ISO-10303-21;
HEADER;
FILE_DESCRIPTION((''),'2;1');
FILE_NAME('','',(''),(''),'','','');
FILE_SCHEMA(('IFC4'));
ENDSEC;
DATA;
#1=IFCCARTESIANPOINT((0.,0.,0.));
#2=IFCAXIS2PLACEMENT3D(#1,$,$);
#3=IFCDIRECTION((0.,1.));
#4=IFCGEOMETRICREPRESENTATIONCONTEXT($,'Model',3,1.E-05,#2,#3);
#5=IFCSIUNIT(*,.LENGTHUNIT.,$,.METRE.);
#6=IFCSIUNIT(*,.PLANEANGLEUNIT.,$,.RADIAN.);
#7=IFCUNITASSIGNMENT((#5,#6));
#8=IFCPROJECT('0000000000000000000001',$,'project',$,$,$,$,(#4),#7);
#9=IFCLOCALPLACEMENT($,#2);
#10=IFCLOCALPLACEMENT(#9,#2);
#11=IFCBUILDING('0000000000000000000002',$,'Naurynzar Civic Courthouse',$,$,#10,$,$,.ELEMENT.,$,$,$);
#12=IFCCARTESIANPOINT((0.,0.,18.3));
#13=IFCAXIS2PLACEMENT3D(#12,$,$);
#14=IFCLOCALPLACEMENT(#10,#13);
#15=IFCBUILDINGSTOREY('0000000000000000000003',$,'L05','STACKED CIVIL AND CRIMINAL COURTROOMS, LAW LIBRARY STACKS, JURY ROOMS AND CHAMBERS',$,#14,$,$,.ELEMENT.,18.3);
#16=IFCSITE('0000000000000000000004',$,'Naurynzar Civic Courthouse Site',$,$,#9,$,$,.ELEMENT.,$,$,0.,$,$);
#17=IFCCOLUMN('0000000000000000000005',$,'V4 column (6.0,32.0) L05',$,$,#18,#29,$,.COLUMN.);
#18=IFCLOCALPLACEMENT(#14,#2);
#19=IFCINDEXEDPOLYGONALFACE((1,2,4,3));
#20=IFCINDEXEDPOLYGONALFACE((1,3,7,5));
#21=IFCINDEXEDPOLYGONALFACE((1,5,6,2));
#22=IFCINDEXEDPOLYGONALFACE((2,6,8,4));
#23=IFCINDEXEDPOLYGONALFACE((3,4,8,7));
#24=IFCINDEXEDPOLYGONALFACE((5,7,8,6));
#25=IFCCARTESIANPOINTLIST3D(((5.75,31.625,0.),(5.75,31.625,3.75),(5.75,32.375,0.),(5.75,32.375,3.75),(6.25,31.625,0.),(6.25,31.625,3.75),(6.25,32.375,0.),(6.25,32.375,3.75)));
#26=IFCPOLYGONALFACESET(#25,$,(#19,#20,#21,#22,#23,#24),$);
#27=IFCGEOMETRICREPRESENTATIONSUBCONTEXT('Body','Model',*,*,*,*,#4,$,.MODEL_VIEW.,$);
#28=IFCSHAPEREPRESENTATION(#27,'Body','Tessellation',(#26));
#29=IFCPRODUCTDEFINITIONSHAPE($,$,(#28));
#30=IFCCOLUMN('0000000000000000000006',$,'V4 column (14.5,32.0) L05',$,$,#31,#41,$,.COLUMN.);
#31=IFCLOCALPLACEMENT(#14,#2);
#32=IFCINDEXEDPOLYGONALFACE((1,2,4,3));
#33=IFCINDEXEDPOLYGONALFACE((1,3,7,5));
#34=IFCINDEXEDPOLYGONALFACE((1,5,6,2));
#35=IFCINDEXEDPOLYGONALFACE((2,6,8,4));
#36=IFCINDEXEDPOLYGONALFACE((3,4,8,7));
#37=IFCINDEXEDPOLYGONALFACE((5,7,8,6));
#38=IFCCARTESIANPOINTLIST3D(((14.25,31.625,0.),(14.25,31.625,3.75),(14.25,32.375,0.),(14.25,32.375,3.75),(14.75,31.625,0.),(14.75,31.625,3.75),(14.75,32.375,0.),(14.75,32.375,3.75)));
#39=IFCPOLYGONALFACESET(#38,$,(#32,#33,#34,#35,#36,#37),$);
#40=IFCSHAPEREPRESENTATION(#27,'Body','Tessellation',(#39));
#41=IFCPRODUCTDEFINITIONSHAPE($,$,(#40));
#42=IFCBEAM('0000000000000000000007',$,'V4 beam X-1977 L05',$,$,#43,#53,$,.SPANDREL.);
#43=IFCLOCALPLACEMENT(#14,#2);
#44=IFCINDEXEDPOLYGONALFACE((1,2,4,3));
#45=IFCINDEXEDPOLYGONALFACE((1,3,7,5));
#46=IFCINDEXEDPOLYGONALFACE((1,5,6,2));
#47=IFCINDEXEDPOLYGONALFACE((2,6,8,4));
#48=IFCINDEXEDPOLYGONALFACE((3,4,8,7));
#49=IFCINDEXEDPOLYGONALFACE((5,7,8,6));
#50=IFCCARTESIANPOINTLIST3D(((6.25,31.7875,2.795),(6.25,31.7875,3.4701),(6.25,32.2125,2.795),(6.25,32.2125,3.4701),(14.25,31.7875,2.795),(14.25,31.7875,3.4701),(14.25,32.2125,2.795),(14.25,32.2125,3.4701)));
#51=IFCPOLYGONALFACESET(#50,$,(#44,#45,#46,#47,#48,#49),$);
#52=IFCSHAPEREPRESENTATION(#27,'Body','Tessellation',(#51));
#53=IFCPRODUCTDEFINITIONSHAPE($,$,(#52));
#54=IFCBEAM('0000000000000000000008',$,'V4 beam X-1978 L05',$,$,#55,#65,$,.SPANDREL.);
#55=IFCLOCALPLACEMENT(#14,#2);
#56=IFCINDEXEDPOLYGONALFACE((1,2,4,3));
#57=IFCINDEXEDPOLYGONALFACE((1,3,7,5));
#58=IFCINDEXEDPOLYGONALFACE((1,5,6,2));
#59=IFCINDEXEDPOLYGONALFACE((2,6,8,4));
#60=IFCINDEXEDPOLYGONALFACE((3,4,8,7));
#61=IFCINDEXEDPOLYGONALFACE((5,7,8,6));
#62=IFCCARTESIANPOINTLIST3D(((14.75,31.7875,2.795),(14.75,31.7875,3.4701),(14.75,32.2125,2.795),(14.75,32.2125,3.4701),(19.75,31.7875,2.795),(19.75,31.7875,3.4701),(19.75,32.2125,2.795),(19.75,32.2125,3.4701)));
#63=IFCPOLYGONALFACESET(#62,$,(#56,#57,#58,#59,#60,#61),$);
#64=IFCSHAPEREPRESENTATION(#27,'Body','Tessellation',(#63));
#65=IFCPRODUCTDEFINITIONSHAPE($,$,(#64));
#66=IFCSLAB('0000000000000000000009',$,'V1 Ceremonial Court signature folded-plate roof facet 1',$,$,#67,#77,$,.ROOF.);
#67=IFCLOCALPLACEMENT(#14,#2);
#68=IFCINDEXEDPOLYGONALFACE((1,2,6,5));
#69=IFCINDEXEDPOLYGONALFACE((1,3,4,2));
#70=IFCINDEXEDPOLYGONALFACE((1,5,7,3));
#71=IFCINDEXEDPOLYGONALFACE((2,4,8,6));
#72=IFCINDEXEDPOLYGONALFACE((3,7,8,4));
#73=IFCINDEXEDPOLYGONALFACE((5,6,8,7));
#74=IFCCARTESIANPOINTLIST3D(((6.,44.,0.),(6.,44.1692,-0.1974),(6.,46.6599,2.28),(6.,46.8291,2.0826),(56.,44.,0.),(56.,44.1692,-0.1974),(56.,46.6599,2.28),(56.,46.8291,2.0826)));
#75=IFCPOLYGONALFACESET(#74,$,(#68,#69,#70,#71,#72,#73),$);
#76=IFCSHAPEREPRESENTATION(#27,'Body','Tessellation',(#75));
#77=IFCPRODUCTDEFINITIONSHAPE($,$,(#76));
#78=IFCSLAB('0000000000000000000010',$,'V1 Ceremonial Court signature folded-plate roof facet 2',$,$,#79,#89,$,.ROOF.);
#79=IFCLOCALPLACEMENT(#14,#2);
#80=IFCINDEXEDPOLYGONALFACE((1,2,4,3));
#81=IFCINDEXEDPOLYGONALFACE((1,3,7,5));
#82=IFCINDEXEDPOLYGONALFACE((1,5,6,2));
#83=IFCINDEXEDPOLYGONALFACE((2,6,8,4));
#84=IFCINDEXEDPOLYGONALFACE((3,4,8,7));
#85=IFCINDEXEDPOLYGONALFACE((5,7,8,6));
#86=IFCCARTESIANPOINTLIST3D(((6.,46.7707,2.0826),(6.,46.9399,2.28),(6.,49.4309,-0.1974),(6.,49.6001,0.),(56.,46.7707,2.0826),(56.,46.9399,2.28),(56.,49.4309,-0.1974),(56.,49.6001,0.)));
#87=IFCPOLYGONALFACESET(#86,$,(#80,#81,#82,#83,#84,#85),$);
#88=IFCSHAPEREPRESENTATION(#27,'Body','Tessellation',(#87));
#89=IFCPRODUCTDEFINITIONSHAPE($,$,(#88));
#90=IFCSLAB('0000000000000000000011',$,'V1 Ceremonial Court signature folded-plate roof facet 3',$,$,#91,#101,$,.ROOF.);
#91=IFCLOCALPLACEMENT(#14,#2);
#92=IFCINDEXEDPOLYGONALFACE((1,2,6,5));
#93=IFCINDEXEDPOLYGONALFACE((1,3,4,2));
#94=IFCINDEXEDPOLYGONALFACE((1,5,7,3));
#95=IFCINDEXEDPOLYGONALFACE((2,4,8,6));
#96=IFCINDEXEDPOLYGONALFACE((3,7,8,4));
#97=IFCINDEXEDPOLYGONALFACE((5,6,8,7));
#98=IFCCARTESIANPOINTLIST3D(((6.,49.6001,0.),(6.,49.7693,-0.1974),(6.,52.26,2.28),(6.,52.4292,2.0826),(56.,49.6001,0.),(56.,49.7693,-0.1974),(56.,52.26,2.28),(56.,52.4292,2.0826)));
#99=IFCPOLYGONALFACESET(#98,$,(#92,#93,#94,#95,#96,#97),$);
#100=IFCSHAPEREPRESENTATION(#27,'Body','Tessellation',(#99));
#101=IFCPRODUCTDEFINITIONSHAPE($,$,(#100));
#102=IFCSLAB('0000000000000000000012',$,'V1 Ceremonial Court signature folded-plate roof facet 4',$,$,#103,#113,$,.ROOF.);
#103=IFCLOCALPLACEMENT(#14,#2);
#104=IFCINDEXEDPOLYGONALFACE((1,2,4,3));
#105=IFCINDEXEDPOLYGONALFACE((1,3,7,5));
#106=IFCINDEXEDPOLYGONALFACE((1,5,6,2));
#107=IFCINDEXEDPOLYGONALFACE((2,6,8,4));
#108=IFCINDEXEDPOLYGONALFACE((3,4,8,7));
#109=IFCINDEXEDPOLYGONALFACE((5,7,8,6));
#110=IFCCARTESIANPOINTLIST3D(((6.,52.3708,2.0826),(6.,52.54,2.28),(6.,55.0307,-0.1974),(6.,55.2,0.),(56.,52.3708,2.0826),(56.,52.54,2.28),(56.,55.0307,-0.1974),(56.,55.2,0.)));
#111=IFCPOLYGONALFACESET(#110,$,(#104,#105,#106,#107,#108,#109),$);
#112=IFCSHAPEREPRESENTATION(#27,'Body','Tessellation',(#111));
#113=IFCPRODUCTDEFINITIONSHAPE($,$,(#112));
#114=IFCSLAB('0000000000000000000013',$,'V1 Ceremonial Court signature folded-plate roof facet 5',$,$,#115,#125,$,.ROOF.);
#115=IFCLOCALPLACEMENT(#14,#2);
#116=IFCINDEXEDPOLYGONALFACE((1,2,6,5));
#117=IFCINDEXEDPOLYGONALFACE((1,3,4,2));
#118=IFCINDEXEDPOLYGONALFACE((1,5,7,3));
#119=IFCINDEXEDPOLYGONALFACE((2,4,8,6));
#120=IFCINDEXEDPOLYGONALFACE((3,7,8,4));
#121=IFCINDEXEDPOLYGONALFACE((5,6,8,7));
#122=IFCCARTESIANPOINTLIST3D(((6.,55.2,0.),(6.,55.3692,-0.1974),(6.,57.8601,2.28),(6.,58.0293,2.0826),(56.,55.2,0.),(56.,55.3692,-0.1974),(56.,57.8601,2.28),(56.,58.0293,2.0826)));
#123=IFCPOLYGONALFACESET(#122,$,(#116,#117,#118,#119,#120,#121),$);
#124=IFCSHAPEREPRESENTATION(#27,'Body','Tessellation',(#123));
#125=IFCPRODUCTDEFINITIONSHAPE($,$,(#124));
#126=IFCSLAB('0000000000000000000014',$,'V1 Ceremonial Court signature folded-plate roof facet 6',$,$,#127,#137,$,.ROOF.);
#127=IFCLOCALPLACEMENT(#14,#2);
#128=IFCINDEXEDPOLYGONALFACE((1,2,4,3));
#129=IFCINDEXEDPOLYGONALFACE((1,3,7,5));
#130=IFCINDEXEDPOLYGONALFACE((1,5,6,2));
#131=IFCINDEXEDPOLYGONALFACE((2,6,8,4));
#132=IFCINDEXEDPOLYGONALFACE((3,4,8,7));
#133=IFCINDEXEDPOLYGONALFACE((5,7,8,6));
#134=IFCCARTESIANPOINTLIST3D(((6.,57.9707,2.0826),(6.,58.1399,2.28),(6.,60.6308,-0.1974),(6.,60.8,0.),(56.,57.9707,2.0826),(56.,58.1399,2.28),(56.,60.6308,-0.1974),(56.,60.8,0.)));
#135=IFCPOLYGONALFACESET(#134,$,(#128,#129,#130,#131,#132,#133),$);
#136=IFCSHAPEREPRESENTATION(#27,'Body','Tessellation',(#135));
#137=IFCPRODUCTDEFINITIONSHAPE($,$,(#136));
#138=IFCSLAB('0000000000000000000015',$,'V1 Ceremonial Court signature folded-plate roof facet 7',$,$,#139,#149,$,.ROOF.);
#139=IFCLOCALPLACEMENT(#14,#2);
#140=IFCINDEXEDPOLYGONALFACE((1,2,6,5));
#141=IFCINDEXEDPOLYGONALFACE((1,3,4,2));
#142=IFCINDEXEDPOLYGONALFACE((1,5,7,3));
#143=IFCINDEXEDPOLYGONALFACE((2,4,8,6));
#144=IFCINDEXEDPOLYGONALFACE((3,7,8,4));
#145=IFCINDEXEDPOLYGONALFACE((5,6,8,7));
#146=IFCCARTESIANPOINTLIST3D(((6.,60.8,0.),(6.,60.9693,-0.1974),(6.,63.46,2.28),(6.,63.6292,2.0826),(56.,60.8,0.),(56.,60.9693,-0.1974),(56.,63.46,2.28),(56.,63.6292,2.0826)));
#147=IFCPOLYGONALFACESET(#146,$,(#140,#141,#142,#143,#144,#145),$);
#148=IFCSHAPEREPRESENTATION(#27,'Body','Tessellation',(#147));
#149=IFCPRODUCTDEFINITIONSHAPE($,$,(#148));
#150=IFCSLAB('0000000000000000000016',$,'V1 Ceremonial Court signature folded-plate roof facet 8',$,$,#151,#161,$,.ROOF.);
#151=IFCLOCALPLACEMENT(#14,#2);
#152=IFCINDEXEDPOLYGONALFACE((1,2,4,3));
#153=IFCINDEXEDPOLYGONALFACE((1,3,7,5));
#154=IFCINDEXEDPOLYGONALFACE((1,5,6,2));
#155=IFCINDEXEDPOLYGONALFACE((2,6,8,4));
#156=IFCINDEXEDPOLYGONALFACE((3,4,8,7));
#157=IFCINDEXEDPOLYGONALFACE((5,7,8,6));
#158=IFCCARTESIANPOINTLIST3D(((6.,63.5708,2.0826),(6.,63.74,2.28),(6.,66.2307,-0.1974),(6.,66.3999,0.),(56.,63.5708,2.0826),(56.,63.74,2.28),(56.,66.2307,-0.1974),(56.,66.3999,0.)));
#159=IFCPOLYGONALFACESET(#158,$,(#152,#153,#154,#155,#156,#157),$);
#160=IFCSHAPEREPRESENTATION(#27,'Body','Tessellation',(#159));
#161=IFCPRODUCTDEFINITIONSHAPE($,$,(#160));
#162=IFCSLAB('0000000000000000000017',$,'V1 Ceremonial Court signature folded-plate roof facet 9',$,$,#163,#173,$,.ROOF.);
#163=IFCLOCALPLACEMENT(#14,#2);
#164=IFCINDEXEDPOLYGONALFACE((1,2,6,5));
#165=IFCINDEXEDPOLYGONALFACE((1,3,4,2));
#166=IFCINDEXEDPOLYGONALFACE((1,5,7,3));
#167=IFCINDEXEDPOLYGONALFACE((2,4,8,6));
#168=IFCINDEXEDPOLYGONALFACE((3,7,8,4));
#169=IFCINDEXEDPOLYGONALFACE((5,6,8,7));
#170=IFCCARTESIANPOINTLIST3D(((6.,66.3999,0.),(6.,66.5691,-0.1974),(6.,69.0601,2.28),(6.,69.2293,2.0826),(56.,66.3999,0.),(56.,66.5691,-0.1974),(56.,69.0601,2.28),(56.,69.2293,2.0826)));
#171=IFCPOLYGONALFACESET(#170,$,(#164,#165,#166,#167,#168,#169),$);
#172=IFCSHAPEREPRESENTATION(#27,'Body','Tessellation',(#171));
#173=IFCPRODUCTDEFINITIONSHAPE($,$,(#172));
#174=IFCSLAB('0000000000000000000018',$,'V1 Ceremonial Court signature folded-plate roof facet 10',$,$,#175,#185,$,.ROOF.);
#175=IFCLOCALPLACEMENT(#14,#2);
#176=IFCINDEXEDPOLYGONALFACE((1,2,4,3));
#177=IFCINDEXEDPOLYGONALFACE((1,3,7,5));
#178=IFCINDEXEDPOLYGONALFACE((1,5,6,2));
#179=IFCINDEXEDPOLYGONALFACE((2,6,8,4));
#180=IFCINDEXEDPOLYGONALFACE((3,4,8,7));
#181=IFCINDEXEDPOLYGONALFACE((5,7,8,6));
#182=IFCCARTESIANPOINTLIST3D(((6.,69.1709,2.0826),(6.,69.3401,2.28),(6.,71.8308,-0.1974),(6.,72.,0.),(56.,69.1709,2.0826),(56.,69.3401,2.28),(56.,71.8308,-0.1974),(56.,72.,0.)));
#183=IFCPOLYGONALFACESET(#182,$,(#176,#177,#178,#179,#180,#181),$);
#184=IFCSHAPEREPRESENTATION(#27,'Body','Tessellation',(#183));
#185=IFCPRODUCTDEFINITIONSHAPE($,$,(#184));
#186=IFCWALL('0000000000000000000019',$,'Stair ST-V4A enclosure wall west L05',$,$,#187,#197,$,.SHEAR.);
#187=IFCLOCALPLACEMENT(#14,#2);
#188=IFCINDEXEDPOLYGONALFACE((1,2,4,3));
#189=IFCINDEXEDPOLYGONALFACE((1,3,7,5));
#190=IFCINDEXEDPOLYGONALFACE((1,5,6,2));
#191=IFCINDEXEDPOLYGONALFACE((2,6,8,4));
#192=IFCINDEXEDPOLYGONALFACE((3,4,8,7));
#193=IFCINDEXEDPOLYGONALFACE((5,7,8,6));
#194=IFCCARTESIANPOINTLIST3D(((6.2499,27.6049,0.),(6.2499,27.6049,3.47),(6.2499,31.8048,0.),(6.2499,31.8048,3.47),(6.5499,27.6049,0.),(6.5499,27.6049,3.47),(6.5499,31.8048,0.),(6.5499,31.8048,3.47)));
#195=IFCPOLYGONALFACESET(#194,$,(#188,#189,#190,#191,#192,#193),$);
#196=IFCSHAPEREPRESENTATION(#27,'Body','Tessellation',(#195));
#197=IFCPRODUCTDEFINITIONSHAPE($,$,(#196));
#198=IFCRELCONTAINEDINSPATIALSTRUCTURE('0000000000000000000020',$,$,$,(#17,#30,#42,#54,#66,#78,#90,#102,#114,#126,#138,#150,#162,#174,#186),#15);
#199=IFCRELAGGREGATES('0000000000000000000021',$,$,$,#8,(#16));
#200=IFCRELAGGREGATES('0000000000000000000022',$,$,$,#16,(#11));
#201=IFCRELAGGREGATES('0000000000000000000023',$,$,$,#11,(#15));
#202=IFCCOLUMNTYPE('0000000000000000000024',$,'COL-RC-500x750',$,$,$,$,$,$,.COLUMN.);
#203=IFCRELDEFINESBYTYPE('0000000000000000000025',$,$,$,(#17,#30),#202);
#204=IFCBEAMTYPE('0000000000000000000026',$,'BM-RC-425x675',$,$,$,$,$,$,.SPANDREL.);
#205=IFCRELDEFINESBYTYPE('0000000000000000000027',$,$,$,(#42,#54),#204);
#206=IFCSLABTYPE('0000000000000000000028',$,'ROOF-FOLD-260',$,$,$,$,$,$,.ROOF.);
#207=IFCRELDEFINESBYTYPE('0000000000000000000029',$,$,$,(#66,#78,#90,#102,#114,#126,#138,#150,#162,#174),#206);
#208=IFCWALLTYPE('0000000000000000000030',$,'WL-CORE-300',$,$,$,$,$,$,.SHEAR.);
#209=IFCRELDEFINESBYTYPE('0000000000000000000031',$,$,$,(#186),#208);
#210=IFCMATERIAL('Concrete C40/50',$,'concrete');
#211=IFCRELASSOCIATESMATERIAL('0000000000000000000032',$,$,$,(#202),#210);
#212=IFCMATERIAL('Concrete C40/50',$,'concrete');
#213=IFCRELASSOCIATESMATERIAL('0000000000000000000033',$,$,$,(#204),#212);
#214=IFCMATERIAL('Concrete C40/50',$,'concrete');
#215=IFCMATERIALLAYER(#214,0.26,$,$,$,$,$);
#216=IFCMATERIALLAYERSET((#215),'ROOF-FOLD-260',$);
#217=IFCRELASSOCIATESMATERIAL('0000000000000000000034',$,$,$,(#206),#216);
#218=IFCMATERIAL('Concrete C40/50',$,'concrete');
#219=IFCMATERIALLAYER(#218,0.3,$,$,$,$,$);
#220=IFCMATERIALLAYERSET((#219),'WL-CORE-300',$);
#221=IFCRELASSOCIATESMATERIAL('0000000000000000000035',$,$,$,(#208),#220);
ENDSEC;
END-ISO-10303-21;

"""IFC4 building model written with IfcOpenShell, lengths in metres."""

from ifc_helpers import new_model, si_unit, direction, frame, frame_2d, origin, origin_2d, place, context, subcontext, project, spatial, polyline, rectangle, outline, extrude, material, layer, layer_set, material_profile, profile_set, type_object, element, save


model = new_model("IFC4")

# Units and contexts
model_context = context("Model", 3, precision=1e-05, world=origin(), true_north=direction((0.0, 1.0)))
body_context = subcontext(model_context, "Body", "Model", "MODEL_VIEW")
ifc_project = project(units=[si_unit("LENGTHUNIT", "METRE"), si_unit("PLANEANGLEUNIT", "RADIAN")], contexts=[model_context])

# Site, building, storey
site_placement = place(None, origin())
site = spatial("IfcSite", under=ifc_project, at=site_placement, Name="Naurynzar Civic Courthouse Site", CompositionType="ELEMENT", RefElevation=0.0)
building_placement = place(site_placement, origin())
building = spatial("IfcBuilding", under=site, at=building_placement, Name="Naurynzar Civic Courthouse", CompositionType="ELEMENT")
storey_placement = place(building_placement, frame((0.0, 0.0, 18.3)))
storey = spatial("IfcBuildingStorey", under=building, at=storey_placement, Name="L05", Description="STACKED CIVIL AND CRIMINAL COURTROOMS, LAW LIBRARY STACKS, JURY ROOMS AND CHAMBERS", CompositionType="ELEMENT", Elevation=18.3)

# Columns
ifc_material_1 = material(Name="Concrete C40/50", Category="concrete")
ifc_material_profile_1 = material_profile(ifc_material_1, rectangle(XDim=0.5, YDim=0.75, at=origin_2d()), Name="RC 500x750")
ifc_profile_set_1 = profile_set([ifc_material_profile_1], Name="Concrete C40/50")
column_type = type_object("IfcColumnType", Name="COL-RC-500x750", PredefinedType="COLUMN", material=ifc_profile_set_1)
for number, where, z_axis, x_axis, name in (
    (1, (6.0, 32.0, 0.0), (0.0, 0.0, 1.0), (1.0, 0.0, 0.0), "V4 column (6.0,32.0) L05"),
    (2, (14.5, 32.0, 0.0), (0.0, 0.0, 1.0), (1.0, 0.0, 0.0), "V4 column (14.5,32.0) L05"),
):
    element("IfcColumn", number, at=place(storey_placement, frame(where, z_axis=z_axis, x_axis=x_axis)), inside=storey, type_object=column_type, Name=name, PredefinedType="COLUMN", context=body_context, shape_type="SweptSolid", body=[
        extrude(rectangle(XDim=0.5, YDim=0.75, at=origin_2d()), origin(), (0.0, 0.0, 1.0), 3.75),
    ])

# Beams
ifc_material_2 = material(Name="Concrete C40/50", Category="concrete")
ifc_material_profile_2 = material_profile(ifc_material_2, rectangle(XDim=0.425, YDim=0.675, at=origin_2d()), Name="RCB 425x675")
ifc_profile_set_2 = profile_set([ifc_material_profile_2], Name="Concrete C40/50")
beam_type = type_object("IfcBeamType", Name="BM-RC-425x675", PredefinedType="SPANDREL", material=ifc_profile_set_2)
beam_1_placement = place(storey_placement, frame((6.25, 32.0, 3.1326), z_axis=(1.0, 0.0, 0.0), x_axis=(0.0, 1.0, 0.0)))
element("IfcBeam", 3, at=beam_1_placement, inside=storey, type_object=beam_type, Name="V4 beam X-1977 L05", PredefinedType="SPANDREL", context=body_context, shape_type="SweptSolid", body=[
    extrude(rectangle(XDim=0.425, YDim=0.675, at=origin_2d()), origin(), (0.0, 0.0, 1.0), 8.0),
])
beam_2_placement = place(storey_placement, frame((14.75, 32.0, 3.1326), z_axis=(1.0, 0.0, 0.0), x_axis=(0.0, 1.0, 0.0)))
element("IfcBeam", 4, at=beam_2_placement, inside=storey, type_object=beam_type, Name="V4 beam X-1978 L05", PredefinedType="SPANDREL", context=body_context, shape_type="SweptSolid", body=[
    extrude(rectangle(XDim=0.425, YDim=0.675, at=origin_2d()), origin(), (0.0, 0.0, 1.0), 5.0),
])

# Slabs
ifc_material_3 = material(Name="Concrete C40/50", Category="concrete")
ifc_layer_1 = layer(ifc_material_3, 0.26)
ifc_layer_set_1 = layer_set([ifc_layer_1], Name="ROOF-FOLD-260")
slab_type = type_object("IfcSlabType", Name="ROOF-FOLD-260", PredefinedType="ROOF", material=ifc_layer_set_1)
slab_1_placement = place(storey_placement, frame((6.0, 44.0, 0.0), z_axis=(0.0, -0.650809, 0.759242), x_axis=(1.0, 0.0, 0.0)))
element("IfcSlab", 5, at=slab_1_placement, inside=storey, type_object=slab_type, Name="V1 Ceremonial Court signature folded-plate roof facet 1", PredefinedType="ROOF", context=body_context, shape_type="SweptSolid", body=[
    extrude(outline(polyline([(0.0, 0.0), (50.0, 0.0), (50.0, 3.5034), (0.0, 3.5034), (0.0, 0.0)])), origin(), (0.0, 0.0, -1.0), 0.26),
])
slab_2_placement = place(storey_placement, frame((6.0, 46.9399, 2.28), z_axis=(0.0, 0.650774, 0.759271), x_axis=(1.0, 0.0, 0.0)))
element("IfcSlab", 6, at=slab_2_placement, inside=storey, type_object=slab_type, Name="V1 Ceremonial Court signature folded-plate roof facet 2", PredefinedType="ROOF", context=body_context, shape_type="SweptSolid", body=[
    extrude(outline(polyline([(0.0, 0.0), (50.0, 0.0), (50.0, 3.5036), (0.0, 3.5036), (0.0, 0.0)])), origin(), (0.0, 0.0, -1.0), 0.26),
])
for number, where, z_axis, x_axis, name in (
    (7, (6.0, 49.6001, 0.0), (0.0, -0.650809, 0.759242), (1.0, 0.0, 0.0), "V1 Ceremonial Court signature folded-plate roof facet 3"),
    (8, (6.0, 52.54, 2.28), (0.0, 0.650809, 0.759242), (1.0, 0.0, 0.0), "V1 Ceremonial Court signature folded-plate roof facet 4"),
):
    element("IfcSlab", number, at=place(storey_placement, frame(where, z_axis=z_axis, x_axis=x_axis)), inside=storey, type_object=slab_type, Name=name, PredefinedType="ROOF", context=body_context, shape_type="SweptSolid", body=[
        extrude(outline(polyline([(0.0, 0.0), (50.0, 0.0), (50.0, 3.5034), (0.0, 3.5034), (0.0, 0.0)])), origin(), (0.0, 0.0, -1.0), 0.26),
    ])
for number, where, z_axis, x_axis, name in (
    (9, (6.0, 55.2, 0.0), (0.0, -0.650774, 0.759271), (1.0, 0.0, 0.0), "V1 Ceremonial Court signature folded-plate roof facet 5"),
    (10, (6.0, 58.1399, 2.28), (0.0, 0.650774, 0.759271), (1.0, 0.0, 0.0), "V1 Ceremonial Court signature folded-plate roof facet 6"),
):
    element("IfcSlab", number, at=place(storey_placement, frame(where, z_axis=z_axis, x_axis=x_axis)), inside=storey, type_object=slab_type, Name=name, PredefinedType="ROOF", context=body_context, shape_type="SweptSolid", body=[
        extrude(outline(polyline([(0.0, 0.0), (50.0, 0.0), (50.0, 3.5036), (0.0, 3.5036), (0.0, 0.0)])), origin(), (0.0, 0.0, -1.0), 0.26),
    ])
for number, where, z_axis, x_axis, name in (
    (11, (6.0, 60.8, 0.0), (0.0, -0.650809, 0.759242), (1.0, 0.0, 0.0), "V1 Ceremonial Court signature folded-plate roof facet 7"),
    (12, (6.0, 63.74, 2.28), (0.0, 0.650809, 0.759242), (1.0, 0.0, 0.0), "V1 Ceremonial Court signature folded-plate roof facet 8"),
):
    element("IfcSlab", number, at=place(storey_placement, frame(where, z_axis=z_axis, x_axis=x_axis)), inside=storey, type_object=slab_type, Name=name, PredefinedType="ROOF", context=body_context, shape_type="SweptSolid", body=[
        extrude(outline(polyline([(0.0, 0.0), (50.0, 0.0), (50.0, 3.5034), (0.0, 3.5034), (0.0, 0.0)])), origin(), (0.0, 0.0, -1.0), 0.26),
    ])
slab_3_placement = place(storey_placement, frame((6.0, 66.3999, 0.0), z_axis=(0.0, -0.650774, 0.759271), x_axis=(1.0, 0.0, 0.0)))
element("IfcSlab", 13, at=slab_3_placement, inside=storey, type_object=slab_type, Name="V1 Ceremonial Court signature folded-plate roof facet 9", PredefinedType="ROOF", context=body_context, shape_type="SweptSolid", body=[
    extrude(outline(polyline([(0.0, 0.0), (50.0, 0.0), (50.0, 3.5036), (0.0, 3.5036), (0.0, 0.0)])), origin(), (0.0, 0.0, -1.0), 0.26),
])
slab_4_placement = place(storey_placement, frame((6.0, 69.3401, 2.28), z_axis=(0.0, 0.650809, 0.759242), x_axis=(1.0, 0.0, 0.0)))
element("IfcSlab", 14, at=slab_4_placement, inside=storey, type_object=slab_type, Name="V1 Ceremonial Court signature folded-plate roof facet 10", PredefinedType="ROOF", context=body_context, shape_type="SweptSolid", body=[
    extrude(outline(polyline([(0.0, 0.0), (50.0, 0.0), (50.0, 3.5034), (0.0, 3.5034), (0.0, 0.0)])), origin(), (0.0, 0.0, -1.0), 0.26),
])

# Wall
ifc_material_4 = material(Name="Concrete C40/50", Category="concrete")
ifc_layer_2 = layer(ifc_material_4, 0.3)
ifc_layer_set_2 = layer_set([ifc_layer_2], Name="WL-CORE-300")
wall_type_1 = type_object("IfcWallType", Name="WL-CORE-300", PredefinedType="SHEAR", material=ifc_layer_set_2)
wall_1_placement = place(storey_placement, frame((6.3999, 31.8049, 0.0), z_axis=(0.0, 0.0, 1.0), x_axis=(0.0, -1.0, 0.0)))
element("IfcWall", 15, at=wall_1_placement, inside=storey, type_object=wall_type_1, Name="Stair ST-V4A enclosure wall west L05", PredefinedType="SHEAR", context=body_context, shape_type="SweptSolid", body=[
    extrude(rectangle(XDim=4.2, YDim=0.3, at=frame_2d((2.1001, 0.0))), origin(), (0.0, 0.0, 1.0), 3.47),
])

save(model, "model.ifc")
